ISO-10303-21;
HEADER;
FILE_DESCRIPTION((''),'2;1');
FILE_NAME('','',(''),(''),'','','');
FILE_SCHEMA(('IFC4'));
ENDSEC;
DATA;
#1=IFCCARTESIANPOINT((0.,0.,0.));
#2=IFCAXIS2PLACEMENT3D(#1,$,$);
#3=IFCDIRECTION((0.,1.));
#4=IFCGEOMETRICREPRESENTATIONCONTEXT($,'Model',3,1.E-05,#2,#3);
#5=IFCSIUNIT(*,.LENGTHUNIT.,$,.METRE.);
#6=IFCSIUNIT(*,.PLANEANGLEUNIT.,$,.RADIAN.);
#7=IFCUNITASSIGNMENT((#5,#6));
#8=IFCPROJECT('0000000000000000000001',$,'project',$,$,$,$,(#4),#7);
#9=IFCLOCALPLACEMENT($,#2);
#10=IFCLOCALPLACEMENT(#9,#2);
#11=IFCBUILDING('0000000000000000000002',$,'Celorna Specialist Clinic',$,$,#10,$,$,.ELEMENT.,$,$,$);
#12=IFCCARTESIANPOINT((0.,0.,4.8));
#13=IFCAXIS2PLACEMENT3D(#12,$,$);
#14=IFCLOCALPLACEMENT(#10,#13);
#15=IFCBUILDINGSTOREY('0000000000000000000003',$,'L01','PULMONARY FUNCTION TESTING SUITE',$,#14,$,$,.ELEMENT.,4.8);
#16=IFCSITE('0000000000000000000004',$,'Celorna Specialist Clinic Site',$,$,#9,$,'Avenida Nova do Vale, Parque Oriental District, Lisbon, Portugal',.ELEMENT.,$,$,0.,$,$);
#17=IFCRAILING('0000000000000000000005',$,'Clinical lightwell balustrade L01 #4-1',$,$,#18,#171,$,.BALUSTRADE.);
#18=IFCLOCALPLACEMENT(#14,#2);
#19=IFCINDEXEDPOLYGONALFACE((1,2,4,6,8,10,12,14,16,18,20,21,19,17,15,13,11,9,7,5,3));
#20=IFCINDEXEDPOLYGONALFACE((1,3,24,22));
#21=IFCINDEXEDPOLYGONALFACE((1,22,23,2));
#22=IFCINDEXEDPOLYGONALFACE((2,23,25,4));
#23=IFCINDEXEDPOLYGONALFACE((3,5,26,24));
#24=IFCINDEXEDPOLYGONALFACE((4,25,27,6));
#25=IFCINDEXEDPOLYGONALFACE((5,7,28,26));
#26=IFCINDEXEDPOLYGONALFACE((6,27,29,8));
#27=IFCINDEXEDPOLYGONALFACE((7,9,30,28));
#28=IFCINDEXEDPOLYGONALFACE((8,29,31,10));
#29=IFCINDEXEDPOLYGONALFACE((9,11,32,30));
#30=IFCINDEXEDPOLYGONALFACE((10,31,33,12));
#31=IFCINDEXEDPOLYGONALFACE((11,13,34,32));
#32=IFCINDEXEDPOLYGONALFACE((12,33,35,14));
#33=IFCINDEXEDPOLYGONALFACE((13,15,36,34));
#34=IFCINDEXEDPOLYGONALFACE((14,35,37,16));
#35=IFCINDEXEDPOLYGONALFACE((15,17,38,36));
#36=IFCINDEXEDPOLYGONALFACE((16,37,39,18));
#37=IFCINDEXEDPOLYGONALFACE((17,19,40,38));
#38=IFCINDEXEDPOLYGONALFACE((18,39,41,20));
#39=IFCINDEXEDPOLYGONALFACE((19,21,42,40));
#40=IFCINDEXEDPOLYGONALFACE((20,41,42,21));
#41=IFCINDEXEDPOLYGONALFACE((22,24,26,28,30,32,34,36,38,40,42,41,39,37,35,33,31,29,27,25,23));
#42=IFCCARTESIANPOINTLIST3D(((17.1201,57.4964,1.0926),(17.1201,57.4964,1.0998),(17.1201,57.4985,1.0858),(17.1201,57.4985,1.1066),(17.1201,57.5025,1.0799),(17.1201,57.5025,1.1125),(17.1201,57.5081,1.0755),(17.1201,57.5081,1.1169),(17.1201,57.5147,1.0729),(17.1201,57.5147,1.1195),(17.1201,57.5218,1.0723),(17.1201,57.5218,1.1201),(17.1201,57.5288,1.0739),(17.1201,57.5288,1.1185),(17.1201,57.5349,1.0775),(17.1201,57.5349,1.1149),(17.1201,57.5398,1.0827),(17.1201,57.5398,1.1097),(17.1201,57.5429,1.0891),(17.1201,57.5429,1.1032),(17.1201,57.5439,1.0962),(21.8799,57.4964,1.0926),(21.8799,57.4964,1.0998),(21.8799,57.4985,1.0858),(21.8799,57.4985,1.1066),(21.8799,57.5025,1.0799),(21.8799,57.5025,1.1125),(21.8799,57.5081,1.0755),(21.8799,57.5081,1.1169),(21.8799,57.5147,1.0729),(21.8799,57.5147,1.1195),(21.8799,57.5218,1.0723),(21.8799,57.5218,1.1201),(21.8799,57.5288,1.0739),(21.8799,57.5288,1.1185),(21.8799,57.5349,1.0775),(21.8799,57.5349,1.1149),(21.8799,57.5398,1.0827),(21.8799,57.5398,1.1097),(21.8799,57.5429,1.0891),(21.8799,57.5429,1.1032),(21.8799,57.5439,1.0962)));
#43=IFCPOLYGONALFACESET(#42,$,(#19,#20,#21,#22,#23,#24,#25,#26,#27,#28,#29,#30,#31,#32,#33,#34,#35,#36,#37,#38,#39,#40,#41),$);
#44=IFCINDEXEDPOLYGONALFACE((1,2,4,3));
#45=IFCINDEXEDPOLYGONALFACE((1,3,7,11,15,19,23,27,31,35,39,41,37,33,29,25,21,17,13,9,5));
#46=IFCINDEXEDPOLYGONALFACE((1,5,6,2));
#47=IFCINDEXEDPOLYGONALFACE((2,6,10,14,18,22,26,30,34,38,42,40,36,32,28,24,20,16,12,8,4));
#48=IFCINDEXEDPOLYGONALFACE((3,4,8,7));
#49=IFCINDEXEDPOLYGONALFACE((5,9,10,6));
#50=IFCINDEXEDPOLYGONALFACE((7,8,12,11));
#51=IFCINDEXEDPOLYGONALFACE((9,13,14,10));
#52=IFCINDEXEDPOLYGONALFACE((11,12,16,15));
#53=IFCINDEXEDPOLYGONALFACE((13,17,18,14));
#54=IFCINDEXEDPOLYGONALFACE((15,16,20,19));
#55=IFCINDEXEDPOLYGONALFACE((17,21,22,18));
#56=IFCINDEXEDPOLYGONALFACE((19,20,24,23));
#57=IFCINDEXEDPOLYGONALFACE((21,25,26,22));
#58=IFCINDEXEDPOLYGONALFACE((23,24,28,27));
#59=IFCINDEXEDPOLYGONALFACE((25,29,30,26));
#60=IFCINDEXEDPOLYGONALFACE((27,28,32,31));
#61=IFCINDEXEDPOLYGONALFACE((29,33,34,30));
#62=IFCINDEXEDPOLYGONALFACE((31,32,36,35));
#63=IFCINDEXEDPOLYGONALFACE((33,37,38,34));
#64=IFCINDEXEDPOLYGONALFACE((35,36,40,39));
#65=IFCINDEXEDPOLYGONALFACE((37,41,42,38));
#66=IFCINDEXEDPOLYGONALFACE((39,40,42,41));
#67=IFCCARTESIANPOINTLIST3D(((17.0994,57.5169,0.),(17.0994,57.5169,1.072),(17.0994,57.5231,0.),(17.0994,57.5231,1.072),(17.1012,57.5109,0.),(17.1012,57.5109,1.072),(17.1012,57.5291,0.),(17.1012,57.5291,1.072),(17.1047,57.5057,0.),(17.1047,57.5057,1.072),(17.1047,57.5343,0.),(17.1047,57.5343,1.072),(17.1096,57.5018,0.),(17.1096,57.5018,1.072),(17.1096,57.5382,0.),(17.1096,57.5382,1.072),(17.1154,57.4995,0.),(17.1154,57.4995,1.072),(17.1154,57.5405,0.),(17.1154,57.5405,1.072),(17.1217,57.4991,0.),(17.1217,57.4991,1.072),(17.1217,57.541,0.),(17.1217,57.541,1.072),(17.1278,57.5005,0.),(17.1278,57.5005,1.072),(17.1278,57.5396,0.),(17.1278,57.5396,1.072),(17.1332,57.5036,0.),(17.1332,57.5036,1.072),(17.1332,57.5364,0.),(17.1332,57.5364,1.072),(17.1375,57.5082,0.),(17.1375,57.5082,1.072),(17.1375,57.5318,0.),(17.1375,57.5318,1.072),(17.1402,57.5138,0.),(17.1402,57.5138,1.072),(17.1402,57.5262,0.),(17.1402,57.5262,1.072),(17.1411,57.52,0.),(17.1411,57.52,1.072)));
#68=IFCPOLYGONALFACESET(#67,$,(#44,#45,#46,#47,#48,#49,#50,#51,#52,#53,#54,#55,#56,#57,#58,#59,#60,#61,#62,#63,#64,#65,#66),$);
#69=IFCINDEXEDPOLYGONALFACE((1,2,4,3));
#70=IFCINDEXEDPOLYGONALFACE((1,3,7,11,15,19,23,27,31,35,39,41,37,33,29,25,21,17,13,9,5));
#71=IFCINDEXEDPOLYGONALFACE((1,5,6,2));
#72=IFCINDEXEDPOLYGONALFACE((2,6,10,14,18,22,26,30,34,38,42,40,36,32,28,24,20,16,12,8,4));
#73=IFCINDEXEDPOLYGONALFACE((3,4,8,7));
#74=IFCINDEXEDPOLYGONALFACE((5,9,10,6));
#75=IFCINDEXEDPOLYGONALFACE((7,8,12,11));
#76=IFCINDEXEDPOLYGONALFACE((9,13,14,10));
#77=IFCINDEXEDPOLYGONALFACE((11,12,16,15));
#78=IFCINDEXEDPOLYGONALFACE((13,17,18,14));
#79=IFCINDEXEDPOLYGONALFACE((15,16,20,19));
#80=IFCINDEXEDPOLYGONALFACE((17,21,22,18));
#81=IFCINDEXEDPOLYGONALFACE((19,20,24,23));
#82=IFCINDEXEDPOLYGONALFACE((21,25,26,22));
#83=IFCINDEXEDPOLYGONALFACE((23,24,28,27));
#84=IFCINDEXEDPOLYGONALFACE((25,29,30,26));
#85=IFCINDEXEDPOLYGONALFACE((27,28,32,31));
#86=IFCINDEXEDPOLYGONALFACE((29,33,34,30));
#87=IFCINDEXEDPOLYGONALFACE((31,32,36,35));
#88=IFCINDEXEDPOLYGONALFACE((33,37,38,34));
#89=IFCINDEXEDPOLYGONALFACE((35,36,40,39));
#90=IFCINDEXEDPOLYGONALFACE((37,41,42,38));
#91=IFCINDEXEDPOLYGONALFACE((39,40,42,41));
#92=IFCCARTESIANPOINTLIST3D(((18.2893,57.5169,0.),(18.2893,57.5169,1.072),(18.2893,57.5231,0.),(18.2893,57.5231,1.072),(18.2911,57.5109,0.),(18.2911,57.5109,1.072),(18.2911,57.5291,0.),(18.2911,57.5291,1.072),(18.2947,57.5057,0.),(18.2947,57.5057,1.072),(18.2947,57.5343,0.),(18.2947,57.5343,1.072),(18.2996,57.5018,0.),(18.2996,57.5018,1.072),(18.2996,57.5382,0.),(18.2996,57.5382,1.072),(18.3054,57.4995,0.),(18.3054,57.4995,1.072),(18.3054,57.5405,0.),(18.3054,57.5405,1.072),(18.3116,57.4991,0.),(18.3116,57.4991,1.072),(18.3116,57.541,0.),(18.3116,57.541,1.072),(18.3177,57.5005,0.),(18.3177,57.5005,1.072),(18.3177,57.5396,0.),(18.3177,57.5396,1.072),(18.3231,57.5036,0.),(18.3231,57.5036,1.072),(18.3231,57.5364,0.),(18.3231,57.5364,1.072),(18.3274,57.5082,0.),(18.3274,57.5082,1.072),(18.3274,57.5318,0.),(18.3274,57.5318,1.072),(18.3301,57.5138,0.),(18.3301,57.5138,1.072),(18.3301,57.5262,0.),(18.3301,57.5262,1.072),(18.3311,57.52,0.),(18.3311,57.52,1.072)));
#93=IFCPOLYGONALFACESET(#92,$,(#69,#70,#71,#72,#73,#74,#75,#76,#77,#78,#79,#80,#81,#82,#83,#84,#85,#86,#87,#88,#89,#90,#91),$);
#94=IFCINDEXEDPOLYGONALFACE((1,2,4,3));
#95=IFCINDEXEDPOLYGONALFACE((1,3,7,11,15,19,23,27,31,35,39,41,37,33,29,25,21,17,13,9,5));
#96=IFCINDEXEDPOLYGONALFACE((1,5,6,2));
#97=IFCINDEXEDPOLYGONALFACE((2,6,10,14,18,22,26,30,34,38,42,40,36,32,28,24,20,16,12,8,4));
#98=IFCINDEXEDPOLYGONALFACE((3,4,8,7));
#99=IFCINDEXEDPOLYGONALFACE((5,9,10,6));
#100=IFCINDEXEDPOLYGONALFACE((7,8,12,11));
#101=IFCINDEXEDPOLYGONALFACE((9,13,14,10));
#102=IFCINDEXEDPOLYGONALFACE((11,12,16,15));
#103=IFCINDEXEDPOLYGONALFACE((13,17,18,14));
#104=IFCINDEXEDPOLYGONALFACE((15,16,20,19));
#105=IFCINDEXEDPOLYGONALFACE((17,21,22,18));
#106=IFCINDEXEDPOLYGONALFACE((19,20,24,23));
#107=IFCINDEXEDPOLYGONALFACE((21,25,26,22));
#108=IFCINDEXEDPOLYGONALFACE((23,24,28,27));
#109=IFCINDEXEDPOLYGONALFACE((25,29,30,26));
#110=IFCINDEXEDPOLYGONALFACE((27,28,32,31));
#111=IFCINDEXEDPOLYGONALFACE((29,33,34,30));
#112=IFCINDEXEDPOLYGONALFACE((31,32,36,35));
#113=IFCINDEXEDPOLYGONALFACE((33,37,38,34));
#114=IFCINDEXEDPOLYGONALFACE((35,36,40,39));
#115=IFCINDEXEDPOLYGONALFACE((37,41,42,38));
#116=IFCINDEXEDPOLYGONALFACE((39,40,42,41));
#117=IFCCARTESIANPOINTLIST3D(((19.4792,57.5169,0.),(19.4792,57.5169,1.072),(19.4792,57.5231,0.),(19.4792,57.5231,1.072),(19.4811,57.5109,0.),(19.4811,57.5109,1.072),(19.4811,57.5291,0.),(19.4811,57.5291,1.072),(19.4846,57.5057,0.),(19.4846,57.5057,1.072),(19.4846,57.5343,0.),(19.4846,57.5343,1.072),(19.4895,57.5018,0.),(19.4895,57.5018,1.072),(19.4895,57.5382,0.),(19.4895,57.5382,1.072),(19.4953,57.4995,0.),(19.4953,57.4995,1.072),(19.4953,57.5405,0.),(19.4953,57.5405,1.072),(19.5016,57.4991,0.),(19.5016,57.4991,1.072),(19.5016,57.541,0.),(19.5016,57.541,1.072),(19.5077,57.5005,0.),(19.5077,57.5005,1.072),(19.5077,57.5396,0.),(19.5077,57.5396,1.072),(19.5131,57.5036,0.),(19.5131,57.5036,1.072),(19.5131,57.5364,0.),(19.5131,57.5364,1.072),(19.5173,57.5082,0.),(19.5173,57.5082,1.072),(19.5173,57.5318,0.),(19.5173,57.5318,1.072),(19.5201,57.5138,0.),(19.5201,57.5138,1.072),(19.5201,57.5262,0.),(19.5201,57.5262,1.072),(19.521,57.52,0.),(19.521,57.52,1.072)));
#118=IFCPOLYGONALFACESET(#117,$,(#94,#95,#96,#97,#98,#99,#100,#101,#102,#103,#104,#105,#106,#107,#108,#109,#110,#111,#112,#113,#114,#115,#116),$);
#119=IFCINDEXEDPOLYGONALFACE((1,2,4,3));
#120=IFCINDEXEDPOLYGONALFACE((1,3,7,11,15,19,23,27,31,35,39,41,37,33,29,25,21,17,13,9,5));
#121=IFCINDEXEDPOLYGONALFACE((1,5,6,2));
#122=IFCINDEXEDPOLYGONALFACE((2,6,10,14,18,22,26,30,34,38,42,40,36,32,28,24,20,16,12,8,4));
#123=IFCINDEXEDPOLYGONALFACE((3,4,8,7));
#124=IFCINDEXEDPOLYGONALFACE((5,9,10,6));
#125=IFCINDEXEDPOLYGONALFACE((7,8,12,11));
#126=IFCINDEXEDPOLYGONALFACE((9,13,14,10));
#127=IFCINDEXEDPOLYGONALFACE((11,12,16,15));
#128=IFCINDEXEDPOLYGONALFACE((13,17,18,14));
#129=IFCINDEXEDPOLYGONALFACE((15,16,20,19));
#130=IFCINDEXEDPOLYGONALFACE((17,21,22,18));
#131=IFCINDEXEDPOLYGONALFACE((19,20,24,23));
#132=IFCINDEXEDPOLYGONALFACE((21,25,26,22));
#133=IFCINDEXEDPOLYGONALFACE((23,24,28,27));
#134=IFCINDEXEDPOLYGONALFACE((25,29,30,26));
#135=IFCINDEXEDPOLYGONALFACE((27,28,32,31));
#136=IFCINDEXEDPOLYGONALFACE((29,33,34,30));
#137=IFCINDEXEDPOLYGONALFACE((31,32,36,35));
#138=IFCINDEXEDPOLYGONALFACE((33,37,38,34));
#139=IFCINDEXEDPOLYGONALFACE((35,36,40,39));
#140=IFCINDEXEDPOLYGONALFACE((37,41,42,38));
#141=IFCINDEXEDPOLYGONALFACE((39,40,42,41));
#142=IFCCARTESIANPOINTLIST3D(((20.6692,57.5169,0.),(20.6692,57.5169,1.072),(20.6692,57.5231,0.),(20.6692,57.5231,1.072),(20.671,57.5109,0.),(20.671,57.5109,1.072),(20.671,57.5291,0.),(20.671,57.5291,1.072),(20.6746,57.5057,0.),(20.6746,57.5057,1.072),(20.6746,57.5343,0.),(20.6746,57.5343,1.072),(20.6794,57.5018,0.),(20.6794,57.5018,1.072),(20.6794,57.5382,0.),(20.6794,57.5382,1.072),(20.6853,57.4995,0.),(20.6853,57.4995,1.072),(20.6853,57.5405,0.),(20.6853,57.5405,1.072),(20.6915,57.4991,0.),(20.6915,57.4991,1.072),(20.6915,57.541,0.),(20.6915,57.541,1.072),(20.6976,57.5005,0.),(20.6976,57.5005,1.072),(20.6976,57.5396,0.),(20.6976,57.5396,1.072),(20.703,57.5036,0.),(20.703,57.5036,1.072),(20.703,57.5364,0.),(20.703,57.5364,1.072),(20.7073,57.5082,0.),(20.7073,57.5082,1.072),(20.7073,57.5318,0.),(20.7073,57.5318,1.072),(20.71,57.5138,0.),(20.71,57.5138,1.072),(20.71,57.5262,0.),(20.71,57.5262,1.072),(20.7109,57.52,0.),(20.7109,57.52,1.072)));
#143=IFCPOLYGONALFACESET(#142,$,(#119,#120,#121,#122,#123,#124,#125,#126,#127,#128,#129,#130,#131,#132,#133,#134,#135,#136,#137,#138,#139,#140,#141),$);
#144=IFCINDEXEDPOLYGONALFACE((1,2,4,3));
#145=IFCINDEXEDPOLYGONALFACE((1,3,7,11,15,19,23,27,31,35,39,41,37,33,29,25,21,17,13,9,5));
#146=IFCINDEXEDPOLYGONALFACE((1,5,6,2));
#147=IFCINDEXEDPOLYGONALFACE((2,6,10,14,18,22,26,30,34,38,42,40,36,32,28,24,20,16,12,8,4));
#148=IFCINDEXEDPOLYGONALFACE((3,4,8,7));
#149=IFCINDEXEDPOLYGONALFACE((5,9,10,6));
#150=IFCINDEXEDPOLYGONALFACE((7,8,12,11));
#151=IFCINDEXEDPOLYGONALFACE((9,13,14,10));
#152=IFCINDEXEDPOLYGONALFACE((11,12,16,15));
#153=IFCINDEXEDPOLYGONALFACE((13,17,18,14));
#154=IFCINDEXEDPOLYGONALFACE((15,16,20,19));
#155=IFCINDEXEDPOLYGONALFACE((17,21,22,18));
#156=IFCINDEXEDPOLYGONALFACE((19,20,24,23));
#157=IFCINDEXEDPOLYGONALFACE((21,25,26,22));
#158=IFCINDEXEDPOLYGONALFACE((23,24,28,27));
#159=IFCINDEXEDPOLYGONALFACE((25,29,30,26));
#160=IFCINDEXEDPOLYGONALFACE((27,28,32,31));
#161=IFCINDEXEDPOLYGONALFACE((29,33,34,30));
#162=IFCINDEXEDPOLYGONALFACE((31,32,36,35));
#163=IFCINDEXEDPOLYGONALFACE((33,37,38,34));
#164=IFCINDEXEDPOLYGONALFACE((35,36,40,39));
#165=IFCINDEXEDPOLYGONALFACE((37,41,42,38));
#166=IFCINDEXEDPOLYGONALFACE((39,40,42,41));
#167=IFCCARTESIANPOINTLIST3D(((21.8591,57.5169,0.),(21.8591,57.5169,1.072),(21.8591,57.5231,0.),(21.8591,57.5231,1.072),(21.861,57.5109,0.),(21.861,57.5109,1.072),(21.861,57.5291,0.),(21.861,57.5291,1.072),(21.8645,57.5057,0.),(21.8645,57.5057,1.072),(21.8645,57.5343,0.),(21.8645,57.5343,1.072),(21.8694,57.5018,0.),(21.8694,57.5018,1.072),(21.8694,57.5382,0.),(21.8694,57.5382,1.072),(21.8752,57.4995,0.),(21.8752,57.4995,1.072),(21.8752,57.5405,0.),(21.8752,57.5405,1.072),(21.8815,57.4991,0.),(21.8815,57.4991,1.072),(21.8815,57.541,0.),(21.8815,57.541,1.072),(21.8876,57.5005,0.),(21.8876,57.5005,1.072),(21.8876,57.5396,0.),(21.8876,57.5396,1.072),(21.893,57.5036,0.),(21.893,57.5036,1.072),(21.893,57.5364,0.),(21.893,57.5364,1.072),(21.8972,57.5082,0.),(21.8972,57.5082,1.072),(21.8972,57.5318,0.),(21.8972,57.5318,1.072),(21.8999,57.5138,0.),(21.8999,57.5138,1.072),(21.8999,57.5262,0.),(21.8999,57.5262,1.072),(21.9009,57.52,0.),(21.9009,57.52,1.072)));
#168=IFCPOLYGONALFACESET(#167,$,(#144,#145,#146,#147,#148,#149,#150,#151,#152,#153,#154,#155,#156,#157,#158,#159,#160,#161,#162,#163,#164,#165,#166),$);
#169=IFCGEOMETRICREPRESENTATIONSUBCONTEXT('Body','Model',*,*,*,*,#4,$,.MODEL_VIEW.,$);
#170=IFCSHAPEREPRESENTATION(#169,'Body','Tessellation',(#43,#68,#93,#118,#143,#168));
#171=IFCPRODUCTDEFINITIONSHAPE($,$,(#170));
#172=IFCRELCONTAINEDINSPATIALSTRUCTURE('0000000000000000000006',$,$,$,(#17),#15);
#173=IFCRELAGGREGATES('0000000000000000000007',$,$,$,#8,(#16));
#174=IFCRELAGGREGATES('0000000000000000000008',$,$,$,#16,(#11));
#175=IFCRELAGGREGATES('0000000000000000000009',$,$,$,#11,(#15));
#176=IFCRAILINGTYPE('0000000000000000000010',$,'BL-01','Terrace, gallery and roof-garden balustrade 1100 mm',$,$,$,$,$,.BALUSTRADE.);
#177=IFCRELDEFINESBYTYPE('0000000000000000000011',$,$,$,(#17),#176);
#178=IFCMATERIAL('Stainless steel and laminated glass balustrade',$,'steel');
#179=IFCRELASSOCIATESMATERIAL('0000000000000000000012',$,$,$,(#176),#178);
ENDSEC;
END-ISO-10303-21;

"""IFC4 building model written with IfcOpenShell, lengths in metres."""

from ifc_helpers import new_model, si_unit, direction, frame, origin, origin_2d, place, context, subcontext, project, spatial, circle, extrude, material, type_object, element, save


model = new_model("IFC4")

# Units and contexts
model_context = context("Model", 3, precision=1e-05, world=origin(), true_north=direction((0.0, 1.0)))
body_context = subcontext(model_context, "Body", "Model", "MODEL_VIEW")
ifc_project = project(units=[si_unit("LENGTHUNIT", "METRE"), si_unit("PLANEANGLEUNIT", "RADIAN")], contexts=[model_context])

# Site, building, storey
site_placement = place(None, origin())
site = spatial("IfcSite", under=ifc_project, at=site_placement, Name="Celorna Specialist Clinic Site", LongName="Avenida Nova do Vale, Parque Oriental District, Lisbon, Portugal", CompositionType="ELEMENT", RefElevation=0.0)
building_placement = place(site_placement, origin())
building = spatial("IfcBuilding", under=site, at=building_placement, Name="Celorna Specialist Clinic", CompositionType="ELEMENT")
storey_placement = place(building_placement, frame((0.0, 0.0, 4.8)))
storey = spatial("IfcBuildingStorey", under=building, at=storey_placement, Name="L01", Description="PULMONARY FUNCTION TESTING SUITE", CompositionType="ELEMENT", Elevation=4.8)

# Railing
ifc_material_1 = material(Name="Stainless steel and laminated glass balustrade", Category="steel")
railing_type = type_object("IfcRailingType", Name="BL-01", Description="Terrace, gallery and roof-garden balustrade 1100 mm", PredefinedType="BALUSTRADE", material=ifc_material_1)
railing_1_placement = place(storey_placement, frame((17.1201, 57.52, 0.0)))
element("IfcRailing", 1, at=railing_1_placement, inside=storey, type_object=railing_type, Name="Clinical lightwell balustrade L01 #4-1", PredefinedType="BALUSTRADE", context=body_context, shape_type="SweptSolid", body=[
    extrude(circle(Radius=0.0239, at=origin_2d()), frame((0.0, 0.0, 1.0962), z_axis=(1.0, 0.0, 0.0), x_axis=(0.0, 1.0, 0.0)), (0.0, 0.0, 1.0), 4.7598),
    extrude(circle(Radius=0.021, at=origin_2d()), origin(), (0.0, 0.0, 1.0), 1.072),
    extrude(circle(Radius=0.021, at=origin_2d()), frame((1.1899, 0.0, 0.0)), (0.0, 0.0, 1.0), 1.072),
    extrude(circle(Radius=0.021, at=origin_2d()), frame((2.3799, 0.0, 0.0)), (0.0, 0.0, 1.0), 1.072),
    extrude(circle(Radius=0.021, at=origin_2d()), frame((3.5698, 0.0, 0.0)), (0.0, 0.0, 1.0), 1.072),
    extrude(circle(Radius=0.021, at=origin_2d()), frame((4.7598, 0.0, 0.0)), (0.0, 0.0, 1.0), 1.072),
])

save(model, "model.ifc")
